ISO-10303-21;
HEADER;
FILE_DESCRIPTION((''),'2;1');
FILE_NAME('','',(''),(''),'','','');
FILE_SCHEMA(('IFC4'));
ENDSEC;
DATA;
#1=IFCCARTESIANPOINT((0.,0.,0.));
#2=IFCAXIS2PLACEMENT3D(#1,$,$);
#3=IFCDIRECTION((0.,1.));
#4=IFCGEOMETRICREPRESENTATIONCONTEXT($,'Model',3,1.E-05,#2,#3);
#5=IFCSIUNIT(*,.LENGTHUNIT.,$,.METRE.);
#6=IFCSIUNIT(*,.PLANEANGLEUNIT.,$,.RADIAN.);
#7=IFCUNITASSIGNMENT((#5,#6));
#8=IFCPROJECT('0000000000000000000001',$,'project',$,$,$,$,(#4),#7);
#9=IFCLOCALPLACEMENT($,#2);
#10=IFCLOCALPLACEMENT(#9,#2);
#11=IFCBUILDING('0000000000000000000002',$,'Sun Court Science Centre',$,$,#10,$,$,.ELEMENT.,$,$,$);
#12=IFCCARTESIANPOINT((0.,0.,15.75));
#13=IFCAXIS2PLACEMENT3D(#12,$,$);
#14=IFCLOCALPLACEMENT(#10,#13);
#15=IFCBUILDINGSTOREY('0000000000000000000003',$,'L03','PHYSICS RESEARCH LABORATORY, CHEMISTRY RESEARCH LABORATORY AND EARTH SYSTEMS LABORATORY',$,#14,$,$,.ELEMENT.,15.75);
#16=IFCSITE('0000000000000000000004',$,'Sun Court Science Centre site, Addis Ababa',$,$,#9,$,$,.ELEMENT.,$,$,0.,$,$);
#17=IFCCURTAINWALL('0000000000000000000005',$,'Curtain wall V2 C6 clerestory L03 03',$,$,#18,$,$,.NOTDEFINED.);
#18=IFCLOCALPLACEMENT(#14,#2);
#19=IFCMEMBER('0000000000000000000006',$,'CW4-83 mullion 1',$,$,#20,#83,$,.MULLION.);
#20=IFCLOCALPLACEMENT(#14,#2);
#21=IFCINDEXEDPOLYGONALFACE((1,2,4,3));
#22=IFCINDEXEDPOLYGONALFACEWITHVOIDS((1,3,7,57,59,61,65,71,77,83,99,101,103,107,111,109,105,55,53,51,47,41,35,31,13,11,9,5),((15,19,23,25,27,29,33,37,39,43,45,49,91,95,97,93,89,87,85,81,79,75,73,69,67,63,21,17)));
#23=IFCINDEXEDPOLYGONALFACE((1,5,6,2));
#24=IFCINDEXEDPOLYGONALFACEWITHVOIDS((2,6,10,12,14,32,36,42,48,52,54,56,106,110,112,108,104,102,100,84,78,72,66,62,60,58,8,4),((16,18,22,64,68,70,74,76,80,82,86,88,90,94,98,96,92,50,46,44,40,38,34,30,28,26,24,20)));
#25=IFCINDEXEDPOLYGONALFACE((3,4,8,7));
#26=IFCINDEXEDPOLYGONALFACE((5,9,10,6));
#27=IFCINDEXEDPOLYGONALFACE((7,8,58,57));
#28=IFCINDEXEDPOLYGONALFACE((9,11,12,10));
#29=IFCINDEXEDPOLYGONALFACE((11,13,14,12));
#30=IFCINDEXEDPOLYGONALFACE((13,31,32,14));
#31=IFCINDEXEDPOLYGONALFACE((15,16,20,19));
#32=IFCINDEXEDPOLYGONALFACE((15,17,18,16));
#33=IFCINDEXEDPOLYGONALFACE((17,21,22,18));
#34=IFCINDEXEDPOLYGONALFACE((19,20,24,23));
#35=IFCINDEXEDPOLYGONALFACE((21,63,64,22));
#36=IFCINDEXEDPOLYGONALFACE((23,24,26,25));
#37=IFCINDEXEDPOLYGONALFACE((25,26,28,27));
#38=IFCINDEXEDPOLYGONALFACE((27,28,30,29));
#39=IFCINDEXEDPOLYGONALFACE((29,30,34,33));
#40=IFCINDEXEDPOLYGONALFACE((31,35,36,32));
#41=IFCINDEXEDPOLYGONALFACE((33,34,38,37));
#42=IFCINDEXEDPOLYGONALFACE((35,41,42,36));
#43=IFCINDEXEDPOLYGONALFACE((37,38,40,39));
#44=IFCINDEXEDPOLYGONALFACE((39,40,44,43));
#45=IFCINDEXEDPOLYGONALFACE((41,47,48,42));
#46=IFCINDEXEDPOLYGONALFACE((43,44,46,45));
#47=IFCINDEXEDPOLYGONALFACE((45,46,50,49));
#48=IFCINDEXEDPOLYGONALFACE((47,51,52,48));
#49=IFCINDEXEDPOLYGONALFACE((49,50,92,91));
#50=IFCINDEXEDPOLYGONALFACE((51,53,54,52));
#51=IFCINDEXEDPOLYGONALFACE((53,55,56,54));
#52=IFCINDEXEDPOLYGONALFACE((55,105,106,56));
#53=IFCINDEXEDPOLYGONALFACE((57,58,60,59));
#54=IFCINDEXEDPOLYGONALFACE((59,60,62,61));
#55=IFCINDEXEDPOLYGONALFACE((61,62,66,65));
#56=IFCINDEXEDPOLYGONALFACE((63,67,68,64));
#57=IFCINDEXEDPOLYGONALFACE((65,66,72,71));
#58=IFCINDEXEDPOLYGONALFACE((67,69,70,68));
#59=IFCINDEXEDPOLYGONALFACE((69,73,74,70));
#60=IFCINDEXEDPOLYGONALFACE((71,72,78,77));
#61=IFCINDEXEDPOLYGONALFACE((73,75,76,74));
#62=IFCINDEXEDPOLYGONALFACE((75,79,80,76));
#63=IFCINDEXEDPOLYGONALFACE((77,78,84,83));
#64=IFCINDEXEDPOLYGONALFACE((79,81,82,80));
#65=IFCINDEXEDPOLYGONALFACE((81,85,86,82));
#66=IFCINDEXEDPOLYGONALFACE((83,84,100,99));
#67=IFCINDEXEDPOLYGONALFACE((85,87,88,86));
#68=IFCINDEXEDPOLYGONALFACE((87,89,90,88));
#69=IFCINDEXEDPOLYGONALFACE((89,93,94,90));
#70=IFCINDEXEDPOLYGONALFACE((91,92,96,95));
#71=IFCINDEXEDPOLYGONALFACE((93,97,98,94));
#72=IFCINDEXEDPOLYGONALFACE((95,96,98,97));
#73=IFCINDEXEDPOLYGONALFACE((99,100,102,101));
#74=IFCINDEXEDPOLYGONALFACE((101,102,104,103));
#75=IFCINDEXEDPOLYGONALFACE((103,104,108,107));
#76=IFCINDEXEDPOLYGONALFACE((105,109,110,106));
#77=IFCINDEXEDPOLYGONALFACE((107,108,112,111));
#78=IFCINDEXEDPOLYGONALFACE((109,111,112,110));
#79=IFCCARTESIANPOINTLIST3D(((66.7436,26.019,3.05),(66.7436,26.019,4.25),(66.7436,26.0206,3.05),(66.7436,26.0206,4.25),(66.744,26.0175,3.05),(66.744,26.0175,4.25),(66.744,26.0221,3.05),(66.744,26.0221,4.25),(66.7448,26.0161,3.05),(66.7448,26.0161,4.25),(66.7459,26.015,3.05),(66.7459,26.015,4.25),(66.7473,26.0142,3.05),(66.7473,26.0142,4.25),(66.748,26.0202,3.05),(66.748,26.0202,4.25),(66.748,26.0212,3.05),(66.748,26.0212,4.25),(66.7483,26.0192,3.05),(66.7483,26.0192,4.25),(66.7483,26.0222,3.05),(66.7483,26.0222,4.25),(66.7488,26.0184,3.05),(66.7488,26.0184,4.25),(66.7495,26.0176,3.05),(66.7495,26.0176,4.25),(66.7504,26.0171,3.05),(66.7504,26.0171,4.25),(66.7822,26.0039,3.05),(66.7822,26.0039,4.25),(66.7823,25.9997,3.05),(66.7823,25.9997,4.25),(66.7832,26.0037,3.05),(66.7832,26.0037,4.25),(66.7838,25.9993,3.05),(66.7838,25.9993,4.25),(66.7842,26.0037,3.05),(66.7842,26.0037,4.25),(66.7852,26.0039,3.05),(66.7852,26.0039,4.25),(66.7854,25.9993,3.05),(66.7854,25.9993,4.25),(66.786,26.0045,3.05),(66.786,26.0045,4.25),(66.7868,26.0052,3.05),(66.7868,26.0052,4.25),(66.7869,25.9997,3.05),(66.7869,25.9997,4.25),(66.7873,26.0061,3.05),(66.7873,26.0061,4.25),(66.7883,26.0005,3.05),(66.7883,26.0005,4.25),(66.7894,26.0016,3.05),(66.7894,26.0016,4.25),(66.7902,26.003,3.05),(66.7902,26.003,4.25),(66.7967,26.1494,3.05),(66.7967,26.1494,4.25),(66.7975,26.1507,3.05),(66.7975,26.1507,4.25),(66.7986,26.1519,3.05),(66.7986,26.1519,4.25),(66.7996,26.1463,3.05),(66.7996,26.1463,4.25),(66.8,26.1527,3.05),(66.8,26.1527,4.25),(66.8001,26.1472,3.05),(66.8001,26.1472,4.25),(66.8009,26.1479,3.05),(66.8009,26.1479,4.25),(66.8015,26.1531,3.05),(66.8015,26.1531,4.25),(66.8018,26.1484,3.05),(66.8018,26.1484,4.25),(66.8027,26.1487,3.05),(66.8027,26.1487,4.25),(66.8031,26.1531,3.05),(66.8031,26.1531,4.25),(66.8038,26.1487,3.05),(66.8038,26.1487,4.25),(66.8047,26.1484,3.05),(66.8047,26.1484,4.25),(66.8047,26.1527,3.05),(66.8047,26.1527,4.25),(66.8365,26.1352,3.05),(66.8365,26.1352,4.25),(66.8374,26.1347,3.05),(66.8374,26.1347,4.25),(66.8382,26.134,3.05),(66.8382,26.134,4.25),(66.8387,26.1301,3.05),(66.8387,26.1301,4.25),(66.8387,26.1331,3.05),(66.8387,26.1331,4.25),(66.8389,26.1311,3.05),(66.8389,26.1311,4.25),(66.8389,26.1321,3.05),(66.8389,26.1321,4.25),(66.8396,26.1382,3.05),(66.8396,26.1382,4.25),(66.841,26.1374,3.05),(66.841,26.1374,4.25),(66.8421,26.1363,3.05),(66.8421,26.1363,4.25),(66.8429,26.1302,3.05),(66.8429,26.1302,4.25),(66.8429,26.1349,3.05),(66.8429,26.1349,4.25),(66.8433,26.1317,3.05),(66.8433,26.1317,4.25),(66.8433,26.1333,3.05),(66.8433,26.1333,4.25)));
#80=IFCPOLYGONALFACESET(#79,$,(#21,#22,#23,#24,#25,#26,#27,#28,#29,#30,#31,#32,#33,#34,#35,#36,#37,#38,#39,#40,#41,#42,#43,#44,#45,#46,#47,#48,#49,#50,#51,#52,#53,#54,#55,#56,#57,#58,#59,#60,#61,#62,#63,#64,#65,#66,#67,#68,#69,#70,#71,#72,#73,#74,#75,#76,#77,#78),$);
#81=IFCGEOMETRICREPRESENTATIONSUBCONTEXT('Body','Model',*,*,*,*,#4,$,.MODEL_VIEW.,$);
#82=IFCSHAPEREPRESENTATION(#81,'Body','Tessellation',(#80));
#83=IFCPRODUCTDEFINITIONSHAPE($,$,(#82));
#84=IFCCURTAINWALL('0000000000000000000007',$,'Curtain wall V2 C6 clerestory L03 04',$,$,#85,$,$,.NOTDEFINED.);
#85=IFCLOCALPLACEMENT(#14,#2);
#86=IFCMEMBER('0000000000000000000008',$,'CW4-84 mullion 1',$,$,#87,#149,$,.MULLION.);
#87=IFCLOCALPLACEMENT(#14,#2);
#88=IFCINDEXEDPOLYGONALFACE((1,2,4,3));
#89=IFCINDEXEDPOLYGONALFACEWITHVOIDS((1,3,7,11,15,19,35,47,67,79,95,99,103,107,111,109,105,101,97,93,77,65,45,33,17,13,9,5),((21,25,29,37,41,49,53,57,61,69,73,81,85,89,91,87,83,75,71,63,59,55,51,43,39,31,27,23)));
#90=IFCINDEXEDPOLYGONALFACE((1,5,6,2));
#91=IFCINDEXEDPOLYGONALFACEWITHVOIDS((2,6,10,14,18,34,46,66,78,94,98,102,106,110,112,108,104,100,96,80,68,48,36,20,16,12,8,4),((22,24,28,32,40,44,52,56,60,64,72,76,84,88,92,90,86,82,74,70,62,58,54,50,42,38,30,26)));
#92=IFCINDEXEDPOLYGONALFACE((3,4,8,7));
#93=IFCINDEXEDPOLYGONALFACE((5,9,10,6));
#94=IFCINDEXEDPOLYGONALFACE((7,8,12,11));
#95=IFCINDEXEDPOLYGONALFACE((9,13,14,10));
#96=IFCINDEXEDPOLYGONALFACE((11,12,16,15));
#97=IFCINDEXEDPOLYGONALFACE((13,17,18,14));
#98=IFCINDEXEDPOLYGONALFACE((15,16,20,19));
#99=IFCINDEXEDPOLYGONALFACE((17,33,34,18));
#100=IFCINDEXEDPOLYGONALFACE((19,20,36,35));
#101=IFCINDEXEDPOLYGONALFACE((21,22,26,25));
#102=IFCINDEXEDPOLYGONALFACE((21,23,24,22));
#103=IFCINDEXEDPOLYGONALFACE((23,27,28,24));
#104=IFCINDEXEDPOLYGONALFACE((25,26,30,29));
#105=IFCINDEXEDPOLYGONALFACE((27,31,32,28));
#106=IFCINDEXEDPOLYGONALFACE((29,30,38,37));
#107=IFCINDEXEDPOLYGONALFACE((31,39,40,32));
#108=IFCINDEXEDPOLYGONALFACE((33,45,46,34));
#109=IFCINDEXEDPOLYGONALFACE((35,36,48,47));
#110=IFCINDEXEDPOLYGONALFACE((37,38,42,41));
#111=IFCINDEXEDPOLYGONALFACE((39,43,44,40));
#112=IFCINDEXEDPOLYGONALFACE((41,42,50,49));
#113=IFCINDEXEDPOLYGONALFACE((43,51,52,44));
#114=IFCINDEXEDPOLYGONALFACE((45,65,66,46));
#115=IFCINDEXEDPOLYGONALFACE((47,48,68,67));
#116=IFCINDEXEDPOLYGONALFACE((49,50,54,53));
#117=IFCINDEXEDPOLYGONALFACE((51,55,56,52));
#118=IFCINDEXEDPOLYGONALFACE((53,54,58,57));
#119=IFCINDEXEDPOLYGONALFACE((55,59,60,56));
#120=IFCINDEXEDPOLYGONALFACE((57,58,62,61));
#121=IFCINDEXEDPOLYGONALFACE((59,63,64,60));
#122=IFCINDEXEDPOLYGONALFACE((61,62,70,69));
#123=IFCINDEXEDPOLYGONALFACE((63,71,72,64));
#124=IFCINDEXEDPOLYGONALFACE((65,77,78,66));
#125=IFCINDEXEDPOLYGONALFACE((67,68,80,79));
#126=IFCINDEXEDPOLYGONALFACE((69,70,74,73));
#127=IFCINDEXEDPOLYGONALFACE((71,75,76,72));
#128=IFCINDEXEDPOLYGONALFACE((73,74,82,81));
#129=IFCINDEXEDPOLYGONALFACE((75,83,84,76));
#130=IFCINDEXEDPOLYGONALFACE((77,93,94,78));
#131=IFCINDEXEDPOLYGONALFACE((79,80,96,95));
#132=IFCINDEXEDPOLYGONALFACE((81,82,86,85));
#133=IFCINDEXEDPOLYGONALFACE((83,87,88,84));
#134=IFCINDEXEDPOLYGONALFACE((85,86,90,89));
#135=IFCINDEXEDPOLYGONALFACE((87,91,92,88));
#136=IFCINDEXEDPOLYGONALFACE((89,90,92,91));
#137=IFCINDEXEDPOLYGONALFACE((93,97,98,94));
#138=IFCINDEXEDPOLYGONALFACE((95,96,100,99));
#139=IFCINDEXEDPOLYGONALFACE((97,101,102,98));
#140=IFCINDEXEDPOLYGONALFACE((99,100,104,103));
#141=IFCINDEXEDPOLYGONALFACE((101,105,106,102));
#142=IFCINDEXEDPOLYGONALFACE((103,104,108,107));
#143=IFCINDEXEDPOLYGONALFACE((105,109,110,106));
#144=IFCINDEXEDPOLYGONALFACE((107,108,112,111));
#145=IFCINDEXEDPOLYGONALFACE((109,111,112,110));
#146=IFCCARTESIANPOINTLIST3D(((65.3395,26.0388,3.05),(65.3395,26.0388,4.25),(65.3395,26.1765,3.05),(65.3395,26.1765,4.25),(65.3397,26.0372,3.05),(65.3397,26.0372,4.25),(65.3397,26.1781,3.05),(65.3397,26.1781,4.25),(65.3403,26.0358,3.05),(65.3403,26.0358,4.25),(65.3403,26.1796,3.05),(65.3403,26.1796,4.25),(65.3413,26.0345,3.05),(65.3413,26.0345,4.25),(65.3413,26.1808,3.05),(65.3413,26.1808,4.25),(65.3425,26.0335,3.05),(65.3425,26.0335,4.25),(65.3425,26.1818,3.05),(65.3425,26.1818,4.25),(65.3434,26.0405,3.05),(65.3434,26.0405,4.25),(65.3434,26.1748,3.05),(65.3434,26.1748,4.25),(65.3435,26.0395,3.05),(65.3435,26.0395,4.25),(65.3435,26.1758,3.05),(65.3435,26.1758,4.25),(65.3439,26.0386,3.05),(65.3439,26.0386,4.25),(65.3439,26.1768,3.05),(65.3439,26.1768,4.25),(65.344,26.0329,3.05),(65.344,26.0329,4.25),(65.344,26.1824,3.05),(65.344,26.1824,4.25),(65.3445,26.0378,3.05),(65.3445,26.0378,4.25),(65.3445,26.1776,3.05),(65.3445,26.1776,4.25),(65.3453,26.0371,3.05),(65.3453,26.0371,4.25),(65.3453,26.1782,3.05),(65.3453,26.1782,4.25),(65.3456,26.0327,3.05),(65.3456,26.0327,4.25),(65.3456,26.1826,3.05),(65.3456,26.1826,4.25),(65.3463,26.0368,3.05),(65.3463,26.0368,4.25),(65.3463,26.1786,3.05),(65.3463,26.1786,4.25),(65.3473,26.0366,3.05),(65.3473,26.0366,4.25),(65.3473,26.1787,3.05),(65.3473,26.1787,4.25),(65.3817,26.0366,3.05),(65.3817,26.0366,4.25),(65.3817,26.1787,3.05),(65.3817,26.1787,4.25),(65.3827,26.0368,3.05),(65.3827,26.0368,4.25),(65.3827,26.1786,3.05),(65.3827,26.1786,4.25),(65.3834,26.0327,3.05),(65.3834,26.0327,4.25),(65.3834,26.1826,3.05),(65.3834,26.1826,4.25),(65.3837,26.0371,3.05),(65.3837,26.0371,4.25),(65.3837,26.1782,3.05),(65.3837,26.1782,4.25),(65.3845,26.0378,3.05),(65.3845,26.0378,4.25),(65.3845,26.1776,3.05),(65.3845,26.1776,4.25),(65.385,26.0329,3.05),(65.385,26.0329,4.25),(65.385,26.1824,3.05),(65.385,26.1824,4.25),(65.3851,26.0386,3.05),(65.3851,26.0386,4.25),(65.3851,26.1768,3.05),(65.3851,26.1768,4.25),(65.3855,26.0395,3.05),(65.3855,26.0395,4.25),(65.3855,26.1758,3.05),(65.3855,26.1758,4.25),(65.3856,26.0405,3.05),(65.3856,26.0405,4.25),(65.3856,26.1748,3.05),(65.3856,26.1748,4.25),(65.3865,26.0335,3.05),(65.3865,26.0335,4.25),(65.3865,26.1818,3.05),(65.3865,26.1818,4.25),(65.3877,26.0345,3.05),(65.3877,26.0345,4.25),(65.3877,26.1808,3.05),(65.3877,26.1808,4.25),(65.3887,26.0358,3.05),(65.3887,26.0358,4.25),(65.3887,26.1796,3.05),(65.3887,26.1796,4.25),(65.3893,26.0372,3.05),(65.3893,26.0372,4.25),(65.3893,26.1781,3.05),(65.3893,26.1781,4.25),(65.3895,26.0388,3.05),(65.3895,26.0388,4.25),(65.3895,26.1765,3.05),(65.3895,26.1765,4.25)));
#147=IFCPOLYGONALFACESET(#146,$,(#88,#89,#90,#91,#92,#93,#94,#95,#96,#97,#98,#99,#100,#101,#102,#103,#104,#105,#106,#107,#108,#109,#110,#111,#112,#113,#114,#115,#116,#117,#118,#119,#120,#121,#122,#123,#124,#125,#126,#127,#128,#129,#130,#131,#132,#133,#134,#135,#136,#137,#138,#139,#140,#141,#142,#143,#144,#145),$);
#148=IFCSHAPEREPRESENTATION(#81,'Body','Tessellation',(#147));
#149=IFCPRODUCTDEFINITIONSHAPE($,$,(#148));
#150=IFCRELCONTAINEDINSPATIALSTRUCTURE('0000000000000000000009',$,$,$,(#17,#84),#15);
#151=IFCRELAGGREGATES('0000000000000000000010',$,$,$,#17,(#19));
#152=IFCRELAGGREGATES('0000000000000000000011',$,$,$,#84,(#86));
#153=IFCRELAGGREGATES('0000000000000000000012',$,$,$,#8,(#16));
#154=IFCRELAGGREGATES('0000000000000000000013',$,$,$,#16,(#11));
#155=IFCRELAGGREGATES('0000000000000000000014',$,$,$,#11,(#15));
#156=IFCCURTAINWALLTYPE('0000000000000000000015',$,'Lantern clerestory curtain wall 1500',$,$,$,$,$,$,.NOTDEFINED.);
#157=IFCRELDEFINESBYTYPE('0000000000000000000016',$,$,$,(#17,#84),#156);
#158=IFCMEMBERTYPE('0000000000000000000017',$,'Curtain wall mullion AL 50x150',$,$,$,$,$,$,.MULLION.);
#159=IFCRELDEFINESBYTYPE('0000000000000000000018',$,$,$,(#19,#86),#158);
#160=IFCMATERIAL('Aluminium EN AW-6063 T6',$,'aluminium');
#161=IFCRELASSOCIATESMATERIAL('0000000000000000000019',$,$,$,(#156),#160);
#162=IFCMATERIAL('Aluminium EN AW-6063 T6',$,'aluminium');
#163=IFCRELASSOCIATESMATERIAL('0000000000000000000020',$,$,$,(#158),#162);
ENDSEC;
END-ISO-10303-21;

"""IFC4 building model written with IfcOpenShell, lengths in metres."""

from ifc_helpers import new_model, si_unit, direction, frame, origin, origin_2d, place, context, subcontext, project, spatial, hollow_rectangle, extrude, material, material_profile, profile_set, type_object, element, aggregate, save


model = new_model("IFC4")

# Units and contexts
model_context = context("Model", 3, precision=1e-05, world=origin(), true_north=direction((0.0, 1.0)))
body_context = subcontext(model_context, "Body", "Model", "MODEL_VIEW")
ifc_project = project(units=[si_unit("LENGTHUNIT", "METRE"), si_unit("PLANEANGLEUNIT", "RADIAN")], contexts=[model_context])

# Site, building, storey
site_placement = place(None, origin())
site = spatial("IfcSite", under=ifc_project, at=site_placement, Name="Sun Court Science Centre site, Addis Ababa", CompositionType="ELEMENT", RefElevation=0.0)
building_placement = place(site_placement, origin())
building = spatial("IfcBuilding", under=site, at=building_placement, Name="Sun Court Science Centre", CompositionType="ELEMENT")
storey_placement = place(building_placement, frame((0.0, 0.0, 15.75)))
storey = spatial("IfcBuildingStorey", under=building, at=storey_placement, Name="L03", Description="PHYSICS RESEARCH LABORATORY, CHEMISTRY RESEARCH LABORATORY AND EARTH SYSTEMS LABORATORY", CompositionType="ELEMENT", Elevation=15.75)

# Curtain wall, member
ifc_material_1 = material(Name="Aluminium EN AW-6063 T6", Category="aluminium")
curtain_wall_type = type_object("IfcCurtainWallType", Name="Lantern clerestory curtain wall 1500", PredefinedType="NOTDEFINED", material=ifc_material_1)
curtain_wall_1_placement = place(storey_placement, origin())
curtain_wall_1 = element("IfcCurtainWall", 1, at=curtain_wall_1_placement, inside=storey, type_object=curtain_wall_type, Name="Curtain wall V2 C6 clerestory L03 03", PredefinedType="NOTDEFINED")
ifc_material_2 = material(Name="Aluminium EN AW-6063 T6", Category="aluminium")
ifc_material_profile_1 = material_profile(ifc_material_2, hollow_rectangle(XDim=0.05, YDim=0.1499, WallThickness=0.0039, InnerFilletRadius=0.0039, OuterFilletRadius=0.0061, at=origin_2d()), Name="AL 50x150x4")
ifc_profile_set_1 = profile_set([ifc_material_profile_1], Name="Aluminium EN AW-6063 T6")
member_type_1 = type_object("IfcMemberType", Name="Curtain wall mullion AL 50x150", PredefinedType="MULLION", material=ifc_profile_set_1)
member_1_placement = place(storey_placement, frame((66.7935, 26.0762, 3.05), z_axis=(0.0, 0.0, 1.0), x_axis=(0.92388, -0.382683, 0.0)))
member_1 = element("IfcMember", 2, at=member_1_placement, type_object=member_type_1, Name="CW4-83 mullion 1", PredefinedType="MULLION", context=body_context, shape_type="SweptSolid", body=[
    extrude(hollow_rectangle(XDim=0.05, YDim=0.1499, WallThickness=0.0039, InnerFilletRadius=0.0039, OuterFilletRadius=0.0061, at=origin_2d()), origin(), (0.0, 0.0, 1.0), 1.2),
])

# Curtain wall, member
curtain_wall_2_placement = place(storey_placement, origin())
curtain_wall_2 = element("IfcCurtainWall", 3, at=curtain_wall_2_placement, inside=storey, type_object=curtain_wall_type, Name="Curtain wall V2 C6 clerestory L03 04", PredefinedType="NOTDEFINED")
member_2_placement = place(storey_placement, frame((65.3645, 26.1077, 3.05), z_axis=(0.0, 0.0, 1.0), x_axis=(1.0, 0.0, 0.0)))
member_2 = element("IfcMember", 4, at=member_2_placement, type_object=member_type_1, Name="CW4-84 mullion 1", PredefinedType="MULLION", context=body_context, shape_type="SweptSolid", body=[
    extrude(hollow_rectangle(XDim=0.05, YDim=0.1499, WallThickness=0.0039, InnerFilletRadius=0.0039, OuterFilletRadius=0.0061, at=origin_2d()), origin(), (0.0, 0.0, 1.0), 1.2),
])

aggregate(curtain_wall_1, [member_1])

aggregate(curtain_wall_2, [member_2])

save(model, "model.ifc")
